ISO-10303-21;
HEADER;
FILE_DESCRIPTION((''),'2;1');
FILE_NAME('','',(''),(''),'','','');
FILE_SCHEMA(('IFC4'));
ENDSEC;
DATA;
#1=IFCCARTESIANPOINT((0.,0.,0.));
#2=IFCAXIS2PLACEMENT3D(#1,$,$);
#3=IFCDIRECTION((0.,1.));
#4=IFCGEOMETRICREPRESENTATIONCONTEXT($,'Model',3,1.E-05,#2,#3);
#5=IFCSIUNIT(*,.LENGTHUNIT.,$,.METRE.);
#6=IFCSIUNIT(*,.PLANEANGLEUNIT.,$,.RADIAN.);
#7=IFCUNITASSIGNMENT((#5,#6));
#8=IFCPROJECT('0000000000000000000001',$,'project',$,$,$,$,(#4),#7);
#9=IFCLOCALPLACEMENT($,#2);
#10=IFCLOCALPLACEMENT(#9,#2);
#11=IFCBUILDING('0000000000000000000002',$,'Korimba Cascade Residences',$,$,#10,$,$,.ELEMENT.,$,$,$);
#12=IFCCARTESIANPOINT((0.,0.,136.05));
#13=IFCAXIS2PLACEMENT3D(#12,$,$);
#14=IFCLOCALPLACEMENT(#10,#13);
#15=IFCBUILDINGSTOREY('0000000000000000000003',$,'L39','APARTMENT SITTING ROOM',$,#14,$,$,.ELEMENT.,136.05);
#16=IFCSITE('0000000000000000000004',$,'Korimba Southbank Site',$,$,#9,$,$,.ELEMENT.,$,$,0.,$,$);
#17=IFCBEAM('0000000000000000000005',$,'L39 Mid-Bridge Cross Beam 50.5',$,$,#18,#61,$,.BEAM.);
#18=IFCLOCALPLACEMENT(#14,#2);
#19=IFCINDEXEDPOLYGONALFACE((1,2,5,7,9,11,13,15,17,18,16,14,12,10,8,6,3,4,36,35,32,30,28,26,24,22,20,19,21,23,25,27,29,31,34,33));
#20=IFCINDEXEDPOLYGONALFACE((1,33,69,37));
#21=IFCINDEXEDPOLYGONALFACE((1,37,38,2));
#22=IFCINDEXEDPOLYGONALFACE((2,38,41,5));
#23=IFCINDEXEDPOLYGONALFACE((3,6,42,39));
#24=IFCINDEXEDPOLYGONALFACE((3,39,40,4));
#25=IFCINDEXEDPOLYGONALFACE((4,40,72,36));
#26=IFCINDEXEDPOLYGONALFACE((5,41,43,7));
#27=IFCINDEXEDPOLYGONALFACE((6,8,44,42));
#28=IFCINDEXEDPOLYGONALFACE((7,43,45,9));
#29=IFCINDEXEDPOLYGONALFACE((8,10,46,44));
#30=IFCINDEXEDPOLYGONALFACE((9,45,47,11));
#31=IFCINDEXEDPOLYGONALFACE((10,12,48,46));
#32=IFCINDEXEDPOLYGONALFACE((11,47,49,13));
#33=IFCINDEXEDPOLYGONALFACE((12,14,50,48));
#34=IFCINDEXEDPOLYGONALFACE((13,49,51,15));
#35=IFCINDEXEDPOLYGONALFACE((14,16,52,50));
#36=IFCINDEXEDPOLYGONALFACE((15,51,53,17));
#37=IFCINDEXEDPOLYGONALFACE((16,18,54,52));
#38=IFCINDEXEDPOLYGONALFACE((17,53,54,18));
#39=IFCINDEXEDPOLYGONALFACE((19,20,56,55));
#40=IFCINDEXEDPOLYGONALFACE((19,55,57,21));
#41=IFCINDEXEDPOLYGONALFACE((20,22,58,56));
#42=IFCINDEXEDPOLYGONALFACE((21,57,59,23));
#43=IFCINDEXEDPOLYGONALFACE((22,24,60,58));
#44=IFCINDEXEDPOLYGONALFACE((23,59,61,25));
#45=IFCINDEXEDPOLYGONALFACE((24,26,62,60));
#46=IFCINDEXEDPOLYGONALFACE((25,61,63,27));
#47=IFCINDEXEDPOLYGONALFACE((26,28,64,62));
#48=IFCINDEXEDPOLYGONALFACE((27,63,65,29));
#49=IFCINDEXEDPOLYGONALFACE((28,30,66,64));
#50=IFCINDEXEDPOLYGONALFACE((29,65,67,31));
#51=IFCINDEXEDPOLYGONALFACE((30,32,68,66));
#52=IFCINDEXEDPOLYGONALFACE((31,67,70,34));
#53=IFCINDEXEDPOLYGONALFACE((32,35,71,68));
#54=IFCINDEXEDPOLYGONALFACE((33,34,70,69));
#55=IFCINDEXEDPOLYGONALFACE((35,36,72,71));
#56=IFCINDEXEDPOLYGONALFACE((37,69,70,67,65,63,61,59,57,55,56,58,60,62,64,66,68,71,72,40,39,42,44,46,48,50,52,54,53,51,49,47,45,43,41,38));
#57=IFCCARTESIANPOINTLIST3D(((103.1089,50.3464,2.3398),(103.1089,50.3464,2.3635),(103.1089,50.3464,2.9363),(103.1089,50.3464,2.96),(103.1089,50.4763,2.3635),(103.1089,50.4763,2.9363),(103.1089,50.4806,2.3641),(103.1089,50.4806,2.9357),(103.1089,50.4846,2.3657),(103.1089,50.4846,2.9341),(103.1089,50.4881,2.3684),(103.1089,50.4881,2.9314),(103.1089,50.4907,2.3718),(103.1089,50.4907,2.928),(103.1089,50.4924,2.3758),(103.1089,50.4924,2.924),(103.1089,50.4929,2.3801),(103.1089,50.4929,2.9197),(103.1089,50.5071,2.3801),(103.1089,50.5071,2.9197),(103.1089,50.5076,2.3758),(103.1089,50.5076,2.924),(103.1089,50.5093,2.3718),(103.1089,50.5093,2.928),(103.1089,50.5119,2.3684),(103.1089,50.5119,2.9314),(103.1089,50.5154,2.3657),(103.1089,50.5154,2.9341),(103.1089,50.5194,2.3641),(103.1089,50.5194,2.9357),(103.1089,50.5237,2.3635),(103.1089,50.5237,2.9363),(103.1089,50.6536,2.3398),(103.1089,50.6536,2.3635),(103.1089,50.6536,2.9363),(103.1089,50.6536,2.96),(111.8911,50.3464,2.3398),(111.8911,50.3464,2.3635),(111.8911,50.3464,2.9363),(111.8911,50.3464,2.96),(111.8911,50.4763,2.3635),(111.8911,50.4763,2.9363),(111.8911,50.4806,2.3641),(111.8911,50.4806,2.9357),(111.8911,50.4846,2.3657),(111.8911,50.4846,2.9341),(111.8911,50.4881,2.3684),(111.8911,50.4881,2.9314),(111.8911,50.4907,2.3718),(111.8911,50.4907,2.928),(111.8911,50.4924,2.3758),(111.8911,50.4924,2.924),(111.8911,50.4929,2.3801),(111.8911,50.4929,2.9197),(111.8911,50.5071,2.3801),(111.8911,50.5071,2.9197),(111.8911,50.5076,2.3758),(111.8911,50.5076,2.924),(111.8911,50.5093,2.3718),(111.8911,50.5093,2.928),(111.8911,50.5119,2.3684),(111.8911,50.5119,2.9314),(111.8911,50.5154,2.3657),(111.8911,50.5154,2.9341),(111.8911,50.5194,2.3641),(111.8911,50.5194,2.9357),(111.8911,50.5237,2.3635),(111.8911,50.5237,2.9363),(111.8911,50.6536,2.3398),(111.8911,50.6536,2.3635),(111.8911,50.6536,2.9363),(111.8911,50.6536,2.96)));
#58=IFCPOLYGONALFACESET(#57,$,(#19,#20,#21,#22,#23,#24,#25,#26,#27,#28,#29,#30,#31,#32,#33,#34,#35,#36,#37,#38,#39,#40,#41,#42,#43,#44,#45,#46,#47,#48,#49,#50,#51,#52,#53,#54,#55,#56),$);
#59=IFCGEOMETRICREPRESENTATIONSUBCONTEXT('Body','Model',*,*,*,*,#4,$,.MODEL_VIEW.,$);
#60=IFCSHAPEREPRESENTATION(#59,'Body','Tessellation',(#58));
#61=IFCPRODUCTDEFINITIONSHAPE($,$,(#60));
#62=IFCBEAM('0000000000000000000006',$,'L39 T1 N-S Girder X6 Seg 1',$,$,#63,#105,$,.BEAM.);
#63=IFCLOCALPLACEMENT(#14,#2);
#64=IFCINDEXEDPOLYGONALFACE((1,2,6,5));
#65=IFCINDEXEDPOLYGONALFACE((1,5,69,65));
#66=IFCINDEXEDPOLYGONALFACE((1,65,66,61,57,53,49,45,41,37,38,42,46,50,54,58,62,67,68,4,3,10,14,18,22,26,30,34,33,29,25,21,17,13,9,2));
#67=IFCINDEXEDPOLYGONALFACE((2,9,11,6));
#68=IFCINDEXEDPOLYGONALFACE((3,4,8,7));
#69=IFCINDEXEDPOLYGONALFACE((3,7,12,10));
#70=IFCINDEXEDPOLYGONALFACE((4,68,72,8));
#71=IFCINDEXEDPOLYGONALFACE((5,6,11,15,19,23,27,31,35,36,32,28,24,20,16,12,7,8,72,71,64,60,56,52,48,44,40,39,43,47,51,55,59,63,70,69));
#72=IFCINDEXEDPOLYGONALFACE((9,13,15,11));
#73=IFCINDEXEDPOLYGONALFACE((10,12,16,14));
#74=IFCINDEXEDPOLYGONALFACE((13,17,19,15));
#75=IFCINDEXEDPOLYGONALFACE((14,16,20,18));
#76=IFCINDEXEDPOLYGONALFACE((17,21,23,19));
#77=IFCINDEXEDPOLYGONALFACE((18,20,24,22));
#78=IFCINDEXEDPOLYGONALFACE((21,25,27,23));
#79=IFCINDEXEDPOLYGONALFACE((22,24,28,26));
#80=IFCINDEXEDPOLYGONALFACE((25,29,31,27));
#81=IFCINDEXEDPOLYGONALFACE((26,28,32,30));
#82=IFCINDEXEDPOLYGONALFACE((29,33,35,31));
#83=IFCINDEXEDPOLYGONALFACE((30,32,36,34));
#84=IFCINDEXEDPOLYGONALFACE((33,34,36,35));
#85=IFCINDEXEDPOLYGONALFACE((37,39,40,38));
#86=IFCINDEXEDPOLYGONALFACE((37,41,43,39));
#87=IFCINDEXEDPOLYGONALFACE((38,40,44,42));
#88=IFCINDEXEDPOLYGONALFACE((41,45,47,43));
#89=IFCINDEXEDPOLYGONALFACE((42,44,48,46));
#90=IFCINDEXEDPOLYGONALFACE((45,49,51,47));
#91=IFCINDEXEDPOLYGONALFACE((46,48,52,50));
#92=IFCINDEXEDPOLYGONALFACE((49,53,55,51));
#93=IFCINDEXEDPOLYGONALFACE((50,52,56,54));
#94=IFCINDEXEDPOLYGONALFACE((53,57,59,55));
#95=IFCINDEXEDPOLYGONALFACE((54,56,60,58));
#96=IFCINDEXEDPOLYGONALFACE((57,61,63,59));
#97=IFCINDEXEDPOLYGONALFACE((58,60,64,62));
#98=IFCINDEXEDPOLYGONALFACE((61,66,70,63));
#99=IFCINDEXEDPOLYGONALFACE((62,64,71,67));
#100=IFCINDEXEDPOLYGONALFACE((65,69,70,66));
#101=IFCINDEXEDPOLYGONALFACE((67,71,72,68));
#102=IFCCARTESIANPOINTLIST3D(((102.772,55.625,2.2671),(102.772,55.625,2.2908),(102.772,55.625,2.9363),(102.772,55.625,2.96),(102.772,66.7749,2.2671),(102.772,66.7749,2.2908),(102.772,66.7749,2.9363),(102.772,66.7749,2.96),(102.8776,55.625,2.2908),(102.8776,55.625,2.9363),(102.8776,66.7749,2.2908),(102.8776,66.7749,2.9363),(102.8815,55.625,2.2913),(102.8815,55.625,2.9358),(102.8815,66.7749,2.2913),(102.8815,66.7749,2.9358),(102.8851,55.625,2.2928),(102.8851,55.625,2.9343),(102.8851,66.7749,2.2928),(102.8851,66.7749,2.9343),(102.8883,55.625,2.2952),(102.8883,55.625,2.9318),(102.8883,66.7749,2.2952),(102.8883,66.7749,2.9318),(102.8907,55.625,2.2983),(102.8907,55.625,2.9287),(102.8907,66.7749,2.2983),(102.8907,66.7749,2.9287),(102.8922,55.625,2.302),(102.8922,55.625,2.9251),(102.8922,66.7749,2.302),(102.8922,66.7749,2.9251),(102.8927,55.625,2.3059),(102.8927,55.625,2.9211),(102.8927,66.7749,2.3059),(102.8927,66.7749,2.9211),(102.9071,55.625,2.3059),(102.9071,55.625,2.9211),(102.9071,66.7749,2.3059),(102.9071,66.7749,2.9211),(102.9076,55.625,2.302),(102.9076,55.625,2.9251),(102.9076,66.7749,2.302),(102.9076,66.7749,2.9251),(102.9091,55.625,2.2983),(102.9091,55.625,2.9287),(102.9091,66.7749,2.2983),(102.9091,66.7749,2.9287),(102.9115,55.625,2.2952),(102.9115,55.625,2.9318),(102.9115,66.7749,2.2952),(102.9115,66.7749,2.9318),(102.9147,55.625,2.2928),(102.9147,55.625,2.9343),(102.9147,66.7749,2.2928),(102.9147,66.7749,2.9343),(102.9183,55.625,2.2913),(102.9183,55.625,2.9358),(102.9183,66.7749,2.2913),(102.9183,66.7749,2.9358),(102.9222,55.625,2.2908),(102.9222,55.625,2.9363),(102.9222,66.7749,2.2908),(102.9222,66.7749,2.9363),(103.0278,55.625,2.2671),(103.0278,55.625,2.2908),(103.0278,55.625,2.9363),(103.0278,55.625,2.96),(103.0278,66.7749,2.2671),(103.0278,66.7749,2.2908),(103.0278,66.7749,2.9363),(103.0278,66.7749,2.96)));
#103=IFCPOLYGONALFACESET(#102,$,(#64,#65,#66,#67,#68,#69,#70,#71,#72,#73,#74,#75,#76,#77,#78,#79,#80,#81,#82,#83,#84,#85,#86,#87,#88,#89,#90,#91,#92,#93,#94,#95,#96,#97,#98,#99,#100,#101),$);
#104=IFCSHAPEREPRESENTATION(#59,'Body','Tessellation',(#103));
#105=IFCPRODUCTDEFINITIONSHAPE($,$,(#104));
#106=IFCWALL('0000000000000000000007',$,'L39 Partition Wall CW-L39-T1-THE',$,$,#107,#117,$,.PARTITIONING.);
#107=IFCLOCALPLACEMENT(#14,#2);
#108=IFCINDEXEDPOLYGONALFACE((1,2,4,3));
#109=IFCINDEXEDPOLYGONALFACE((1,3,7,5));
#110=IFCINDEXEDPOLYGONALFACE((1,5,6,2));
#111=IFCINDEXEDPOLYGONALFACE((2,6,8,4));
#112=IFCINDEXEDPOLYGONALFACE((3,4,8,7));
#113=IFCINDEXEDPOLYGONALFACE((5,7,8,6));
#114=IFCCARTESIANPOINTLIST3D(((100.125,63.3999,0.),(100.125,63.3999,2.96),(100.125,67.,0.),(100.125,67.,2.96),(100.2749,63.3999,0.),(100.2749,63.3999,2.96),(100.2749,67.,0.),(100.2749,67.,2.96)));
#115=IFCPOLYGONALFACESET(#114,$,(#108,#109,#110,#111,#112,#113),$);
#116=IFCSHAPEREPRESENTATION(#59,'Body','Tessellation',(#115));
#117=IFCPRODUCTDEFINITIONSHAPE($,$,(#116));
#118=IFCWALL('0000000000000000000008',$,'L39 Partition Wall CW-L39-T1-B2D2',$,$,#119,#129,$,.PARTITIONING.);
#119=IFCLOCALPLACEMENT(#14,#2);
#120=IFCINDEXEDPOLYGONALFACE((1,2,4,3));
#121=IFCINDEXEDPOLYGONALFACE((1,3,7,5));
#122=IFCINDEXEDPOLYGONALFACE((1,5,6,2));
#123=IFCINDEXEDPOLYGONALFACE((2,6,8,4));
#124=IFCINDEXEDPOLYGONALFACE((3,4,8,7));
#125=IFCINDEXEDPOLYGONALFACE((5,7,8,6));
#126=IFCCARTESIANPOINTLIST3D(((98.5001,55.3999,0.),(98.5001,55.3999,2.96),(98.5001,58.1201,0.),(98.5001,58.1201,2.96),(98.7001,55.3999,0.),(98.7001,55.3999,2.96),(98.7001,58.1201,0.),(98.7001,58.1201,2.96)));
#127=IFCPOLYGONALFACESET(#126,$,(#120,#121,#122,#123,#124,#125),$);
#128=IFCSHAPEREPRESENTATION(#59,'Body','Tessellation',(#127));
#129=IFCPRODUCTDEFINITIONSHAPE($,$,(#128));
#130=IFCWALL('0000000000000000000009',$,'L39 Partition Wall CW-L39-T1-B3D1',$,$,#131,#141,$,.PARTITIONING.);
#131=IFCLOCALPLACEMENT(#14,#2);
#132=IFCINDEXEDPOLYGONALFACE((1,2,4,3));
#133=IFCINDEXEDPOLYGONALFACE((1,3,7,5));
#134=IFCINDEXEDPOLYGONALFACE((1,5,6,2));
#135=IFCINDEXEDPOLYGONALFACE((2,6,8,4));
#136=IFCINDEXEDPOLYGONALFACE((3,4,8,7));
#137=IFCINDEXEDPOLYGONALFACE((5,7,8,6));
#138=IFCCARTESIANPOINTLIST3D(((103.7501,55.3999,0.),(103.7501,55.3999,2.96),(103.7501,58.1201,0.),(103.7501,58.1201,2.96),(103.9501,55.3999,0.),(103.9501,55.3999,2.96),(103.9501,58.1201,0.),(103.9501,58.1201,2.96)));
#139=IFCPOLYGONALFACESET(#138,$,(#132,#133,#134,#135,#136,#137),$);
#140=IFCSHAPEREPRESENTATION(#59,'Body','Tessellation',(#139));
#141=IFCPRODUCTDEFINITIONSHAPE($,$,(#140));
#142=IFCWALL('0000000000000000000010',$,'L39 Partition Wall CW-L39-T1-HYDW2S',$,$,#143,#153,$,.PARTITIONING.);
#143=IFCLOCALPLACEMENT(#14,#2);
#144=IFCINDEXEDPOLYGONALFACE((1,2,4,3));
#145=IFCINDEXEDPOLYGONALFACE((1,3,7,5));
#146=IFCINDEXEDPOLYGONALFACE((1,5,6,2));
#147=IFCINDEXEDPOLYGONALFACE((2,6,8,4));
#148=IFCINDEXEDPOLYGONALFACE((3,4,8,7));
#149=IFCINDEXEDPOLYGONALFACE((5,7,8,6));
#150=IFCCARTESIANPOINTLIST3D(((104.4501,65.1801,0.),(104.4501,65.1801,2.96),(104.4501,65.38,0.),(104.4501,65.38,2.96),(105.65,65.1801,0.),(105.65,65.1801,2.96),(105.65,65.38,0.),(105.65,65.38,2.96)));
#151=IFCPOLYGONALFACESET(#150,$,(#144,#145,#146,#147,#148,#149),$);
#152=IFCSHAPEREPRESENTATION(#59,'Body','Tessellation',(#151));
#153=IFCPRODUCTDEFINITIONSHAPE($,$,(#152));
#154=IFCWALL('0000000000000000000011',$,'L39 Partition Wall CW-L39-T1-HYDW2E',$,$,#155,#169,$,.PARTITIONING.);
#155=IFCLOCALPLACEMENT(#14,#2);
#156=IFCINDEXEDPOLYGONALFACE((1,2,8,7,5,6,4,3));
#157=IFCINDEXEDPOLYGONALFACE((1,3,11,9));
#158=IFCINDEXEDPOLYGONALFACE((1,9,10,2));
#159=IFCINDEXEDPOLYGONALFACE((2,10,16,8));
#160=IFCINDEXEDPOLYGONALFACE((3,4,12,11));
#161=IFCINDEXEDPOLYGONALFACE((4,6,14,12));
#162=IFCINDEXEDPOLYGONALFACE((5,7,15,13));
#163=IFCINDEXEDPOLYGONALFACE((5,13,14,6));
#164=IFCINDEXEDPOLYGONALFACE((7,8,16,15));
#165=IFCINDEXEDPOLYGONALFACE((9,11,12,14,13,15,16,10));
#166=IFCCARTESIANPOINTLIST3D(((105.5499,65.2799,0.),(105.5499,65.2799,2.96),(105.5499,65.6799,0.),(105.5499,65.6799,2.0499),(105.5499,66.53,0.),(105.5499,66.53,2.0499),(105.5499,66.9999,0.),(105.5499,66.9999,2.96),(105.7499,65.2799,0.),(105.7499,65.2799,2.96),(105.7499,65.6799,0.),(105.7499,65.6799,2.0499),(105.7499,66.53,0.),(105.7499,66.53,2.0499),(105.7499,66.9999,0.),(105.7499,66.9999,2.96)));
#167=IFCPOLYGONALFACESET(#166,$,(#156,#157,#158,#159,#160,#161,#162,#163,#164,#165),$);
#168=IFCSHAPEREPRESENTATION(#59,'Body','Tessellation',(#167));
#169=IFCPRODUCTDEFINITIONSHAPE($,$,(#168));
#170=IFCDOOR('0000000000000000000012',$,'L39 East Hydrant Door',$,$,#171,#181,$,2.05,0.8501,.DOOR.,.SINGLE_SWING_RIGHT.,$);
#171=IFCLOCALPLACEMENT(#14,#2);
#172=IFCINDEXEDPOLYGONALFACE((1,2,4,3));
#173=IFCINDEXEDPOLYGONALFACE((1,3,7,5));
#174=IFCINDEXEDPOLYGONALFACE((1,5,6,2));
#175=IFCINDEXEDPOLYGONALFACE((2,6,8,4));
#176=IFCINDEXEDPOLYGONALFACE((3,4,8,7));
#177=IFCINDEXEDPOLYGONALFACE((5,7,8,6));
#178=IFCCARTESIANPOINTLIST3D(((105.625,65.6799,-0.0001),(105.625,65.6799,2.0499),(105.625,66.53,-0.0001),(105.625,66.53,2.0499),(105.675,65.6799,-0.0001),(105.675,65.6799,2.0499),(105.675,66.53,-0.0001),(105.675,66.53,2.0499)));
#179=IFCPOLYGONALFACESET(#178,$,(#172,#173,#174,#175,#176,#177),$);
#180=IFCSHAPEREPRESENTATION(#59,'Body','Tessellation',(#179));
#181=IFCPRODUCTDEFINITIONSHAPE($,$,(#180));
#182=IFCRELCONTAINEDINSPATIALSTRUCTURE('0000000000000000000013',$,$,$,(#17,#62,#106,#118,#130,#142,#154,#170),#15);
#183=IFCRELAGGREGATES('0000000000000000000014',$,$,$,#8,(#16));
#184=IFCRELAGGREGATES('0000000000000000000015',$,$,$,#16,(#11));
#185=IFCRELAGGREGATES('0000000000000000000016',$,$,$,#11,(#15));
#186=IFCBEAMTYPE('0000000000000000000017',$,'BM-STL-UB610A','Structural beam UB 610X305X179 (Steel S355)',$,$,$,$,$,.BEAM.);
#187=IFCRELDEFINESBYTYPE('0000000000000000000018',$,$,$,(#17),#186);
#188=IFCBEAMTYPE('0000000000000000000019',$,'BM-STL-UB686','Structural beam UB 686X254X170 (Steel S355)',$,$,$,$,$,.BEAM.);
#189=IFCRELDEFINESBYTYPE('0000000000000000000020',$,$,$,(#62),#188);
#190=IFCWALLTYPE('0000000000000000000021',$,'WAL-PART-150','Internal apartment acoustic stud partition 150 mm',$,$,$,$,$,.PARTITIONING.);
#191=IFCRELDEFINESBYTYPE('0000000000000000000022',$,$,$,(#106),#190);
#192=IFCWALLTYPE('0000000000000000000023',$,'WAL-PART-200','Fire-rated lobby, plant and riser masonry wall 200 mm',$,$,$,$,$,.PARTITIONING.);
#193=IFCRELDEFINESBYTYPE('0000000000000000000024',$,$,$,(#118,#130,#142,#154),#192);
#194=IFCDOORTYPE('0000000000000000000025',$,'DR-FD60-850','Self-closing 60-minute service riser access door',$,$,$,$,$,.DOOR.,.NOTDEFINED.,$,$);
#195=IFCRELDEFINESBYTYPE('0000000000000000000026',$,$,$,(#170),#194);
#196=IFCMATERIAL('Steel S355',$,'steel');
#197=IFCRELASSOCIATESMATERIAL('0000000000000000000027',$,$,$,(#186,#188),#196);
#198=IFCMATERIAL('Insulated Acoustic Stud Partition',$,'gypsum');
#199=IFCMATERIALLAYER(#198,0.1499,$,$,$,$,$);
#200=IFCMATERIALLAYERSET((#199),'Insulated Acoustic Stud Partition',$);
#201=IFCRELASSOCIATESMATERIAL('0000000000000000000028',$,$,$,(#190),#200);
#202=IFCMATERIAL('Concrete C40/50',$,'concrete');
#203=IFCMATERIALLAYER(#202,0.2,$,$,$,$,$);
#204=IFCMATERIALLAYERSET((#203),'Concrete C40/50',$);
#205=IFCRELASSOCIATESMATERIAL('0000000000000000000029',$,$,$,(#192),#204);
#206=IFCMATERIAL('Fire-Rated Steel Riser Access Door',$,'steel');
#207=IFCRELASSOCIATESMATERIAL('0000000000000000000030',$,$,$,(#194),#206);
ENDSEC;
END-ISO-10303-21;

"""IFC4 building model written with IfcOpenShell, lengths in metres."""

from ifc_helpers import new_model, si_unit, direction, frame, frame_2d, origin, origin_2d, place, context, subcontext, project, spatial, rectangle, i_section, extrude, material, layer, layer_set, material_profile, profile_set, type_object, element, fill, save


model = new_model("IFC4")

# Units and contexts
model_context = context("Model", 3, precision=1e-05, world=origin(), true_north=direction((0.0, 1.0)))
body_context = subcontext(model_context, "Body", "Model", "MODEL_VIEW")
ifc_project = project(units=[si_unit("LENGTHUNIT", "METRE"), si_unit("PLANEANGLEUNIT", "RADIAN")], contexts=[model_context])

# Site, building, storey
site_placement = place(None, origin())
site = spatial("IfcSite", under=ifc_project, at=site_placement, Name="Korimba Southbank Site", CompositionType="ELEMENT", RefElevation=0.0)
building_placement = place(site_placement, origin())
building = spatial("IfcBuilding", under=site, at=building_placement, Name="Korimba Cascade Residences", CompositionType="ELEMENT")
storey_placement = place(building_placement, frame((0.0, 0.0, 136.05)))
storey = spatial("IfcBuildingStorey", under=building, at=storey_placement, Name="L39", Description="APARTMENT SITTING ROOM", CompositionType="ELEMENT", Elevation=136.05)

# Beams
ifc_material_1 = material(Name="Steel S355", Category="steel")
ifc_material_profile_1 = material_profile(ifc_material_1, i_section(OverallWidth=0.3071, OverallDepth=0.6201, WebThickness=0.0142, FlangeThickness=0.0237, FilletRadius=0.0166, at=origin_2d()), Name="Steel S355")
ifc_profile_set_1 = profile_set([ifc_material_profile_1], Name="Steel S355")
beam_type_1 = type_object("IfcBeamType", Name="BM-STL-UB610A", Description="Structural beam UB 610X305X179 (Steel S355)", PredefinedType="BEAM", material=ifc_profile_set_1)
beam_1_placement = place(storey_placement, frame((103.1089, 50.5, 2.6499), z_axis=(1.0, 0.0, 0.0), x_axis=(0.0, 1.0, 0.0)))
element("IfcBeam", 1, at=beam_1_placement, inside=storey, type_object=beam_type_1, Name="L39 Mid-Bridge Cross Beam 50.5", PredefinedType="BEAM", context=body_context, shape_type="SweptSolid", body=[
    extrude(i_section(OverallWidth=0.3071, OverallDepth=0.6201, WebThickness=0.0142, FlangeThickness=0.0237, FilletRadius=0.0166, at=origin_2d()), origin(), (0.0, 0.0, 1.0), 8.7822),
])
ifc_material_profile_2 = material_profile(ifc_material_1, i_section(OverallWidth=0.2559, OverallDepth=0.6929, WebThickness=0.0144, FlangeThickness=0.0237, FilletRadius=0.0151, at=origin_2d()), Name="Steel S355")
ifc_profile_set_2 = profile_set([ifc_material_profile_2], Name="Steel S355")
beam_type_2 = type_object("IfcBeamType", Name="BM-STL-UB686", Description="Structural beam UB 686X254X170 (Steel S355)", PredefinedType="BEAM", material=ifc_profile_set_2)
beam_2_placement = place(storey_placement, frame((102.8999, 55.625, 2.6135), z_axis=(0.0, 1.0, 0.0), x_axis=(-1.0, 0.0, 0.0)))
element("IfcBeam", 2, at=beam_2_placement, inside=storey, type_object=beam_type_2, Name="L39 T1 N-S Girder X6 Seg 1", PredefinedType="BEAM", context=body_context, shape_type="SweptSolid", body=[
    extrude(i_section(OverallWidth=0.2559, OverallDepth=0.6929, WebThickness=0.0144, FlangeThickness=0.0237, FilletRadius=0.0151, at=origin_2d()), origin(), (0.0, 0.0, 1.0), 11.1499),
])

# Walls
ifc_material_2 = material(Name="Insulated Acoustic Stud Partition", Category="gypsum")
ifc_layer_1 = layer(ifc_material_2, 0.1499)
ifc_layer_set_1 = layer_set([ifc_layer_1], Name="Insulated Acoustic Stud Partition")
wall_type_1 = type_object("IfcWallType", Name="WAL-PART-150", Description="Internal apartment acoustic stud partition 150 mm", PredefinedType="PARTITIONING", material=ifc_layer_set_1)
wall_1_placement = place(storey_placement, frame((100.2, 63.3999, 0.0), z_axis=(0.0, 0.0, 1.0), x_axis=(0.0, 1.0, 0.0)))
element("IfcWall", 3, at=wall_1_placement, inside=storey, type_object=wall_type_1, Name="L39 Partition Wall CW-L39-T1-THE", PredefinedType="PARTITIONING", context=body_context, shape_type="SweptSolid", body=[
    extrude(rectangle(XDim=3.6001, YDim=0.1499, at=frame_2d((1.8, 0.0))), origin(), (0.0, 0.0, 1.0), 2.96),
])
ifc_material_3 = material(Name="Concrete C40/50", Category="concrete")
ifc_layer_2 = layer(ifc_material_3, 0.2)
ifc_layer_set_2 = layer_set([ifc_layer_2], Name="Concrete C40/50")
wall_type_2 = type_object("IfcWallType", Name="WAL-PART-200", Description="Fire-rated lobby, plant and riser masonry wall 200 mm", PredefinedType="PARTITIONING", material=ifc_layer_set_2)
for number, where, z_axis, x_axis, name in (
    (4, (98.6001, 55.3999, 0.0), (0.0, 0.0, 1.0), (0.0, 1.0, 0.0), "L39 Partition Wall CW-L39-T1-B2D2"),
    (5, (103.8501, 55.3999, 0.0), (0.0, 0.0, 1.0), (0.0, 1.0, 0.0), "L39 Partition Wall CW-L39-T1-B3D1"),
):
    element("IfcWall", number, at=place(storey_placement, frame(where, z_axis=z_axis, x_axis=x_axis)), inside=storey, type_object=wall_type_2, Name=name, PredefinedType="PARTITIONING", context=body_context, shape_type="SweptSolid", body=[
        extrude(rectangle(XDim=2.7202, YDim=0.2, at=frame_2d((1.3601, 0.0))), origin(), (0.0, 0.0, 1.0), 2.96),
    ])
wall_2_placement = place(storey_placement, frame((104.45, 65.28, 0.0), z_axis=(0.0, 0.0, 1.0), x_axis=(1.0, 0.0, 0.0)))
element("IfcWall", 6, at=wall_2_placement, inside=storey, type_object=wall_type_2, Name="L39 Partition Wall CW-L39-T1-HYDW2S", PredefinedType="PARTITIONING", context=body_context, shape_type="SweptSolid", body=[
    extrude(rectangle(XDim=1.2, YDim=0.2, at=frame_2d((0.6001, 0.0))), origin(), (0.0, 0.0, 1.0), 2.96),
])

# Wall, opening, door
wall_3_placement = place(storey_placement, frame((105.6499, 65.28, 0.0), z_axis=(0.0, 0.0, 1.0), x_axis=(0.0, 1.0, 0.0)))
wall_3 = element("IfcWall", 7, at=wall_3_placement, inside=storey, type_object=wall_type_2, Name="L39 Partition Wall CW-L39-T1-HYDW2E", PredefinedType="PARTITIONING", context=body_context, shape_type="SweptSolid", body=[
    extrude(rectangle(XDim=1.72, YDim=0.2, at=frame_2d((0.8599, 0.0))), origin(), (0.0, 0.0, 1.0), 2.96),
])
opening_1_placement = place(wall_3_placement, frame((0.3999, 0.0, 0.0)))
opening_1 = element("IfcOpeningElement", 8, at=opening_1_placement, cuts=wall_3, PredefinedType="OPENING", context=body_context, shape_type="SweptSolid", body=[
    extrude(rectangle(XDim=0.8501, YDim=2.05, at=frame_2d((0.425, 1.0249))), frame((0.0, 0.1099, 0.0), z_axis=(0.0, -1.0, 0.0), x_axis=(1.0, 0.0, 0.0)), (0.0, 0.0, 1.0), 0.22),
])
ifc_material_4 = material(Name="Fire-Rated Steel Riser Access Door", Category="steel")
door_type_1 = type_object("IfcDoorType", Name="DR-FD60-850", Description="Self-closing 60-minute service riser access door", OperationType="NOTDEFINED", PredefinedType="DOOR", material=ifc_material_4)
door_1_placement = place(opening_1_placement, origin())
door_1 = element("IfcDoor", 9, at=door_1_placement, inside=storey, type_object=door_type_1, Name="L39 East Hydrant Door", OperationType="SINGLE_SWING_RIGHT", OverallHeight=2.05, OverallWidth=0.8501, PredefinedType="DOOR", context=body_context, shape_type="SweptSolid", body=[
    extrude(rectangle(XDim=0.8501, YDim=2.05, at=frame_2d((0.425, 1.0249))), frame((0.0, 0.0249, 0.0), z_axis=(0.0, -1.0, 0.0), x_axis=(1.0, 0.0, 0.0)), (0.0, 0.0, 1.0), 0.05),
])
fill(opening_1, door_1)

save(model, "model.ifc")
